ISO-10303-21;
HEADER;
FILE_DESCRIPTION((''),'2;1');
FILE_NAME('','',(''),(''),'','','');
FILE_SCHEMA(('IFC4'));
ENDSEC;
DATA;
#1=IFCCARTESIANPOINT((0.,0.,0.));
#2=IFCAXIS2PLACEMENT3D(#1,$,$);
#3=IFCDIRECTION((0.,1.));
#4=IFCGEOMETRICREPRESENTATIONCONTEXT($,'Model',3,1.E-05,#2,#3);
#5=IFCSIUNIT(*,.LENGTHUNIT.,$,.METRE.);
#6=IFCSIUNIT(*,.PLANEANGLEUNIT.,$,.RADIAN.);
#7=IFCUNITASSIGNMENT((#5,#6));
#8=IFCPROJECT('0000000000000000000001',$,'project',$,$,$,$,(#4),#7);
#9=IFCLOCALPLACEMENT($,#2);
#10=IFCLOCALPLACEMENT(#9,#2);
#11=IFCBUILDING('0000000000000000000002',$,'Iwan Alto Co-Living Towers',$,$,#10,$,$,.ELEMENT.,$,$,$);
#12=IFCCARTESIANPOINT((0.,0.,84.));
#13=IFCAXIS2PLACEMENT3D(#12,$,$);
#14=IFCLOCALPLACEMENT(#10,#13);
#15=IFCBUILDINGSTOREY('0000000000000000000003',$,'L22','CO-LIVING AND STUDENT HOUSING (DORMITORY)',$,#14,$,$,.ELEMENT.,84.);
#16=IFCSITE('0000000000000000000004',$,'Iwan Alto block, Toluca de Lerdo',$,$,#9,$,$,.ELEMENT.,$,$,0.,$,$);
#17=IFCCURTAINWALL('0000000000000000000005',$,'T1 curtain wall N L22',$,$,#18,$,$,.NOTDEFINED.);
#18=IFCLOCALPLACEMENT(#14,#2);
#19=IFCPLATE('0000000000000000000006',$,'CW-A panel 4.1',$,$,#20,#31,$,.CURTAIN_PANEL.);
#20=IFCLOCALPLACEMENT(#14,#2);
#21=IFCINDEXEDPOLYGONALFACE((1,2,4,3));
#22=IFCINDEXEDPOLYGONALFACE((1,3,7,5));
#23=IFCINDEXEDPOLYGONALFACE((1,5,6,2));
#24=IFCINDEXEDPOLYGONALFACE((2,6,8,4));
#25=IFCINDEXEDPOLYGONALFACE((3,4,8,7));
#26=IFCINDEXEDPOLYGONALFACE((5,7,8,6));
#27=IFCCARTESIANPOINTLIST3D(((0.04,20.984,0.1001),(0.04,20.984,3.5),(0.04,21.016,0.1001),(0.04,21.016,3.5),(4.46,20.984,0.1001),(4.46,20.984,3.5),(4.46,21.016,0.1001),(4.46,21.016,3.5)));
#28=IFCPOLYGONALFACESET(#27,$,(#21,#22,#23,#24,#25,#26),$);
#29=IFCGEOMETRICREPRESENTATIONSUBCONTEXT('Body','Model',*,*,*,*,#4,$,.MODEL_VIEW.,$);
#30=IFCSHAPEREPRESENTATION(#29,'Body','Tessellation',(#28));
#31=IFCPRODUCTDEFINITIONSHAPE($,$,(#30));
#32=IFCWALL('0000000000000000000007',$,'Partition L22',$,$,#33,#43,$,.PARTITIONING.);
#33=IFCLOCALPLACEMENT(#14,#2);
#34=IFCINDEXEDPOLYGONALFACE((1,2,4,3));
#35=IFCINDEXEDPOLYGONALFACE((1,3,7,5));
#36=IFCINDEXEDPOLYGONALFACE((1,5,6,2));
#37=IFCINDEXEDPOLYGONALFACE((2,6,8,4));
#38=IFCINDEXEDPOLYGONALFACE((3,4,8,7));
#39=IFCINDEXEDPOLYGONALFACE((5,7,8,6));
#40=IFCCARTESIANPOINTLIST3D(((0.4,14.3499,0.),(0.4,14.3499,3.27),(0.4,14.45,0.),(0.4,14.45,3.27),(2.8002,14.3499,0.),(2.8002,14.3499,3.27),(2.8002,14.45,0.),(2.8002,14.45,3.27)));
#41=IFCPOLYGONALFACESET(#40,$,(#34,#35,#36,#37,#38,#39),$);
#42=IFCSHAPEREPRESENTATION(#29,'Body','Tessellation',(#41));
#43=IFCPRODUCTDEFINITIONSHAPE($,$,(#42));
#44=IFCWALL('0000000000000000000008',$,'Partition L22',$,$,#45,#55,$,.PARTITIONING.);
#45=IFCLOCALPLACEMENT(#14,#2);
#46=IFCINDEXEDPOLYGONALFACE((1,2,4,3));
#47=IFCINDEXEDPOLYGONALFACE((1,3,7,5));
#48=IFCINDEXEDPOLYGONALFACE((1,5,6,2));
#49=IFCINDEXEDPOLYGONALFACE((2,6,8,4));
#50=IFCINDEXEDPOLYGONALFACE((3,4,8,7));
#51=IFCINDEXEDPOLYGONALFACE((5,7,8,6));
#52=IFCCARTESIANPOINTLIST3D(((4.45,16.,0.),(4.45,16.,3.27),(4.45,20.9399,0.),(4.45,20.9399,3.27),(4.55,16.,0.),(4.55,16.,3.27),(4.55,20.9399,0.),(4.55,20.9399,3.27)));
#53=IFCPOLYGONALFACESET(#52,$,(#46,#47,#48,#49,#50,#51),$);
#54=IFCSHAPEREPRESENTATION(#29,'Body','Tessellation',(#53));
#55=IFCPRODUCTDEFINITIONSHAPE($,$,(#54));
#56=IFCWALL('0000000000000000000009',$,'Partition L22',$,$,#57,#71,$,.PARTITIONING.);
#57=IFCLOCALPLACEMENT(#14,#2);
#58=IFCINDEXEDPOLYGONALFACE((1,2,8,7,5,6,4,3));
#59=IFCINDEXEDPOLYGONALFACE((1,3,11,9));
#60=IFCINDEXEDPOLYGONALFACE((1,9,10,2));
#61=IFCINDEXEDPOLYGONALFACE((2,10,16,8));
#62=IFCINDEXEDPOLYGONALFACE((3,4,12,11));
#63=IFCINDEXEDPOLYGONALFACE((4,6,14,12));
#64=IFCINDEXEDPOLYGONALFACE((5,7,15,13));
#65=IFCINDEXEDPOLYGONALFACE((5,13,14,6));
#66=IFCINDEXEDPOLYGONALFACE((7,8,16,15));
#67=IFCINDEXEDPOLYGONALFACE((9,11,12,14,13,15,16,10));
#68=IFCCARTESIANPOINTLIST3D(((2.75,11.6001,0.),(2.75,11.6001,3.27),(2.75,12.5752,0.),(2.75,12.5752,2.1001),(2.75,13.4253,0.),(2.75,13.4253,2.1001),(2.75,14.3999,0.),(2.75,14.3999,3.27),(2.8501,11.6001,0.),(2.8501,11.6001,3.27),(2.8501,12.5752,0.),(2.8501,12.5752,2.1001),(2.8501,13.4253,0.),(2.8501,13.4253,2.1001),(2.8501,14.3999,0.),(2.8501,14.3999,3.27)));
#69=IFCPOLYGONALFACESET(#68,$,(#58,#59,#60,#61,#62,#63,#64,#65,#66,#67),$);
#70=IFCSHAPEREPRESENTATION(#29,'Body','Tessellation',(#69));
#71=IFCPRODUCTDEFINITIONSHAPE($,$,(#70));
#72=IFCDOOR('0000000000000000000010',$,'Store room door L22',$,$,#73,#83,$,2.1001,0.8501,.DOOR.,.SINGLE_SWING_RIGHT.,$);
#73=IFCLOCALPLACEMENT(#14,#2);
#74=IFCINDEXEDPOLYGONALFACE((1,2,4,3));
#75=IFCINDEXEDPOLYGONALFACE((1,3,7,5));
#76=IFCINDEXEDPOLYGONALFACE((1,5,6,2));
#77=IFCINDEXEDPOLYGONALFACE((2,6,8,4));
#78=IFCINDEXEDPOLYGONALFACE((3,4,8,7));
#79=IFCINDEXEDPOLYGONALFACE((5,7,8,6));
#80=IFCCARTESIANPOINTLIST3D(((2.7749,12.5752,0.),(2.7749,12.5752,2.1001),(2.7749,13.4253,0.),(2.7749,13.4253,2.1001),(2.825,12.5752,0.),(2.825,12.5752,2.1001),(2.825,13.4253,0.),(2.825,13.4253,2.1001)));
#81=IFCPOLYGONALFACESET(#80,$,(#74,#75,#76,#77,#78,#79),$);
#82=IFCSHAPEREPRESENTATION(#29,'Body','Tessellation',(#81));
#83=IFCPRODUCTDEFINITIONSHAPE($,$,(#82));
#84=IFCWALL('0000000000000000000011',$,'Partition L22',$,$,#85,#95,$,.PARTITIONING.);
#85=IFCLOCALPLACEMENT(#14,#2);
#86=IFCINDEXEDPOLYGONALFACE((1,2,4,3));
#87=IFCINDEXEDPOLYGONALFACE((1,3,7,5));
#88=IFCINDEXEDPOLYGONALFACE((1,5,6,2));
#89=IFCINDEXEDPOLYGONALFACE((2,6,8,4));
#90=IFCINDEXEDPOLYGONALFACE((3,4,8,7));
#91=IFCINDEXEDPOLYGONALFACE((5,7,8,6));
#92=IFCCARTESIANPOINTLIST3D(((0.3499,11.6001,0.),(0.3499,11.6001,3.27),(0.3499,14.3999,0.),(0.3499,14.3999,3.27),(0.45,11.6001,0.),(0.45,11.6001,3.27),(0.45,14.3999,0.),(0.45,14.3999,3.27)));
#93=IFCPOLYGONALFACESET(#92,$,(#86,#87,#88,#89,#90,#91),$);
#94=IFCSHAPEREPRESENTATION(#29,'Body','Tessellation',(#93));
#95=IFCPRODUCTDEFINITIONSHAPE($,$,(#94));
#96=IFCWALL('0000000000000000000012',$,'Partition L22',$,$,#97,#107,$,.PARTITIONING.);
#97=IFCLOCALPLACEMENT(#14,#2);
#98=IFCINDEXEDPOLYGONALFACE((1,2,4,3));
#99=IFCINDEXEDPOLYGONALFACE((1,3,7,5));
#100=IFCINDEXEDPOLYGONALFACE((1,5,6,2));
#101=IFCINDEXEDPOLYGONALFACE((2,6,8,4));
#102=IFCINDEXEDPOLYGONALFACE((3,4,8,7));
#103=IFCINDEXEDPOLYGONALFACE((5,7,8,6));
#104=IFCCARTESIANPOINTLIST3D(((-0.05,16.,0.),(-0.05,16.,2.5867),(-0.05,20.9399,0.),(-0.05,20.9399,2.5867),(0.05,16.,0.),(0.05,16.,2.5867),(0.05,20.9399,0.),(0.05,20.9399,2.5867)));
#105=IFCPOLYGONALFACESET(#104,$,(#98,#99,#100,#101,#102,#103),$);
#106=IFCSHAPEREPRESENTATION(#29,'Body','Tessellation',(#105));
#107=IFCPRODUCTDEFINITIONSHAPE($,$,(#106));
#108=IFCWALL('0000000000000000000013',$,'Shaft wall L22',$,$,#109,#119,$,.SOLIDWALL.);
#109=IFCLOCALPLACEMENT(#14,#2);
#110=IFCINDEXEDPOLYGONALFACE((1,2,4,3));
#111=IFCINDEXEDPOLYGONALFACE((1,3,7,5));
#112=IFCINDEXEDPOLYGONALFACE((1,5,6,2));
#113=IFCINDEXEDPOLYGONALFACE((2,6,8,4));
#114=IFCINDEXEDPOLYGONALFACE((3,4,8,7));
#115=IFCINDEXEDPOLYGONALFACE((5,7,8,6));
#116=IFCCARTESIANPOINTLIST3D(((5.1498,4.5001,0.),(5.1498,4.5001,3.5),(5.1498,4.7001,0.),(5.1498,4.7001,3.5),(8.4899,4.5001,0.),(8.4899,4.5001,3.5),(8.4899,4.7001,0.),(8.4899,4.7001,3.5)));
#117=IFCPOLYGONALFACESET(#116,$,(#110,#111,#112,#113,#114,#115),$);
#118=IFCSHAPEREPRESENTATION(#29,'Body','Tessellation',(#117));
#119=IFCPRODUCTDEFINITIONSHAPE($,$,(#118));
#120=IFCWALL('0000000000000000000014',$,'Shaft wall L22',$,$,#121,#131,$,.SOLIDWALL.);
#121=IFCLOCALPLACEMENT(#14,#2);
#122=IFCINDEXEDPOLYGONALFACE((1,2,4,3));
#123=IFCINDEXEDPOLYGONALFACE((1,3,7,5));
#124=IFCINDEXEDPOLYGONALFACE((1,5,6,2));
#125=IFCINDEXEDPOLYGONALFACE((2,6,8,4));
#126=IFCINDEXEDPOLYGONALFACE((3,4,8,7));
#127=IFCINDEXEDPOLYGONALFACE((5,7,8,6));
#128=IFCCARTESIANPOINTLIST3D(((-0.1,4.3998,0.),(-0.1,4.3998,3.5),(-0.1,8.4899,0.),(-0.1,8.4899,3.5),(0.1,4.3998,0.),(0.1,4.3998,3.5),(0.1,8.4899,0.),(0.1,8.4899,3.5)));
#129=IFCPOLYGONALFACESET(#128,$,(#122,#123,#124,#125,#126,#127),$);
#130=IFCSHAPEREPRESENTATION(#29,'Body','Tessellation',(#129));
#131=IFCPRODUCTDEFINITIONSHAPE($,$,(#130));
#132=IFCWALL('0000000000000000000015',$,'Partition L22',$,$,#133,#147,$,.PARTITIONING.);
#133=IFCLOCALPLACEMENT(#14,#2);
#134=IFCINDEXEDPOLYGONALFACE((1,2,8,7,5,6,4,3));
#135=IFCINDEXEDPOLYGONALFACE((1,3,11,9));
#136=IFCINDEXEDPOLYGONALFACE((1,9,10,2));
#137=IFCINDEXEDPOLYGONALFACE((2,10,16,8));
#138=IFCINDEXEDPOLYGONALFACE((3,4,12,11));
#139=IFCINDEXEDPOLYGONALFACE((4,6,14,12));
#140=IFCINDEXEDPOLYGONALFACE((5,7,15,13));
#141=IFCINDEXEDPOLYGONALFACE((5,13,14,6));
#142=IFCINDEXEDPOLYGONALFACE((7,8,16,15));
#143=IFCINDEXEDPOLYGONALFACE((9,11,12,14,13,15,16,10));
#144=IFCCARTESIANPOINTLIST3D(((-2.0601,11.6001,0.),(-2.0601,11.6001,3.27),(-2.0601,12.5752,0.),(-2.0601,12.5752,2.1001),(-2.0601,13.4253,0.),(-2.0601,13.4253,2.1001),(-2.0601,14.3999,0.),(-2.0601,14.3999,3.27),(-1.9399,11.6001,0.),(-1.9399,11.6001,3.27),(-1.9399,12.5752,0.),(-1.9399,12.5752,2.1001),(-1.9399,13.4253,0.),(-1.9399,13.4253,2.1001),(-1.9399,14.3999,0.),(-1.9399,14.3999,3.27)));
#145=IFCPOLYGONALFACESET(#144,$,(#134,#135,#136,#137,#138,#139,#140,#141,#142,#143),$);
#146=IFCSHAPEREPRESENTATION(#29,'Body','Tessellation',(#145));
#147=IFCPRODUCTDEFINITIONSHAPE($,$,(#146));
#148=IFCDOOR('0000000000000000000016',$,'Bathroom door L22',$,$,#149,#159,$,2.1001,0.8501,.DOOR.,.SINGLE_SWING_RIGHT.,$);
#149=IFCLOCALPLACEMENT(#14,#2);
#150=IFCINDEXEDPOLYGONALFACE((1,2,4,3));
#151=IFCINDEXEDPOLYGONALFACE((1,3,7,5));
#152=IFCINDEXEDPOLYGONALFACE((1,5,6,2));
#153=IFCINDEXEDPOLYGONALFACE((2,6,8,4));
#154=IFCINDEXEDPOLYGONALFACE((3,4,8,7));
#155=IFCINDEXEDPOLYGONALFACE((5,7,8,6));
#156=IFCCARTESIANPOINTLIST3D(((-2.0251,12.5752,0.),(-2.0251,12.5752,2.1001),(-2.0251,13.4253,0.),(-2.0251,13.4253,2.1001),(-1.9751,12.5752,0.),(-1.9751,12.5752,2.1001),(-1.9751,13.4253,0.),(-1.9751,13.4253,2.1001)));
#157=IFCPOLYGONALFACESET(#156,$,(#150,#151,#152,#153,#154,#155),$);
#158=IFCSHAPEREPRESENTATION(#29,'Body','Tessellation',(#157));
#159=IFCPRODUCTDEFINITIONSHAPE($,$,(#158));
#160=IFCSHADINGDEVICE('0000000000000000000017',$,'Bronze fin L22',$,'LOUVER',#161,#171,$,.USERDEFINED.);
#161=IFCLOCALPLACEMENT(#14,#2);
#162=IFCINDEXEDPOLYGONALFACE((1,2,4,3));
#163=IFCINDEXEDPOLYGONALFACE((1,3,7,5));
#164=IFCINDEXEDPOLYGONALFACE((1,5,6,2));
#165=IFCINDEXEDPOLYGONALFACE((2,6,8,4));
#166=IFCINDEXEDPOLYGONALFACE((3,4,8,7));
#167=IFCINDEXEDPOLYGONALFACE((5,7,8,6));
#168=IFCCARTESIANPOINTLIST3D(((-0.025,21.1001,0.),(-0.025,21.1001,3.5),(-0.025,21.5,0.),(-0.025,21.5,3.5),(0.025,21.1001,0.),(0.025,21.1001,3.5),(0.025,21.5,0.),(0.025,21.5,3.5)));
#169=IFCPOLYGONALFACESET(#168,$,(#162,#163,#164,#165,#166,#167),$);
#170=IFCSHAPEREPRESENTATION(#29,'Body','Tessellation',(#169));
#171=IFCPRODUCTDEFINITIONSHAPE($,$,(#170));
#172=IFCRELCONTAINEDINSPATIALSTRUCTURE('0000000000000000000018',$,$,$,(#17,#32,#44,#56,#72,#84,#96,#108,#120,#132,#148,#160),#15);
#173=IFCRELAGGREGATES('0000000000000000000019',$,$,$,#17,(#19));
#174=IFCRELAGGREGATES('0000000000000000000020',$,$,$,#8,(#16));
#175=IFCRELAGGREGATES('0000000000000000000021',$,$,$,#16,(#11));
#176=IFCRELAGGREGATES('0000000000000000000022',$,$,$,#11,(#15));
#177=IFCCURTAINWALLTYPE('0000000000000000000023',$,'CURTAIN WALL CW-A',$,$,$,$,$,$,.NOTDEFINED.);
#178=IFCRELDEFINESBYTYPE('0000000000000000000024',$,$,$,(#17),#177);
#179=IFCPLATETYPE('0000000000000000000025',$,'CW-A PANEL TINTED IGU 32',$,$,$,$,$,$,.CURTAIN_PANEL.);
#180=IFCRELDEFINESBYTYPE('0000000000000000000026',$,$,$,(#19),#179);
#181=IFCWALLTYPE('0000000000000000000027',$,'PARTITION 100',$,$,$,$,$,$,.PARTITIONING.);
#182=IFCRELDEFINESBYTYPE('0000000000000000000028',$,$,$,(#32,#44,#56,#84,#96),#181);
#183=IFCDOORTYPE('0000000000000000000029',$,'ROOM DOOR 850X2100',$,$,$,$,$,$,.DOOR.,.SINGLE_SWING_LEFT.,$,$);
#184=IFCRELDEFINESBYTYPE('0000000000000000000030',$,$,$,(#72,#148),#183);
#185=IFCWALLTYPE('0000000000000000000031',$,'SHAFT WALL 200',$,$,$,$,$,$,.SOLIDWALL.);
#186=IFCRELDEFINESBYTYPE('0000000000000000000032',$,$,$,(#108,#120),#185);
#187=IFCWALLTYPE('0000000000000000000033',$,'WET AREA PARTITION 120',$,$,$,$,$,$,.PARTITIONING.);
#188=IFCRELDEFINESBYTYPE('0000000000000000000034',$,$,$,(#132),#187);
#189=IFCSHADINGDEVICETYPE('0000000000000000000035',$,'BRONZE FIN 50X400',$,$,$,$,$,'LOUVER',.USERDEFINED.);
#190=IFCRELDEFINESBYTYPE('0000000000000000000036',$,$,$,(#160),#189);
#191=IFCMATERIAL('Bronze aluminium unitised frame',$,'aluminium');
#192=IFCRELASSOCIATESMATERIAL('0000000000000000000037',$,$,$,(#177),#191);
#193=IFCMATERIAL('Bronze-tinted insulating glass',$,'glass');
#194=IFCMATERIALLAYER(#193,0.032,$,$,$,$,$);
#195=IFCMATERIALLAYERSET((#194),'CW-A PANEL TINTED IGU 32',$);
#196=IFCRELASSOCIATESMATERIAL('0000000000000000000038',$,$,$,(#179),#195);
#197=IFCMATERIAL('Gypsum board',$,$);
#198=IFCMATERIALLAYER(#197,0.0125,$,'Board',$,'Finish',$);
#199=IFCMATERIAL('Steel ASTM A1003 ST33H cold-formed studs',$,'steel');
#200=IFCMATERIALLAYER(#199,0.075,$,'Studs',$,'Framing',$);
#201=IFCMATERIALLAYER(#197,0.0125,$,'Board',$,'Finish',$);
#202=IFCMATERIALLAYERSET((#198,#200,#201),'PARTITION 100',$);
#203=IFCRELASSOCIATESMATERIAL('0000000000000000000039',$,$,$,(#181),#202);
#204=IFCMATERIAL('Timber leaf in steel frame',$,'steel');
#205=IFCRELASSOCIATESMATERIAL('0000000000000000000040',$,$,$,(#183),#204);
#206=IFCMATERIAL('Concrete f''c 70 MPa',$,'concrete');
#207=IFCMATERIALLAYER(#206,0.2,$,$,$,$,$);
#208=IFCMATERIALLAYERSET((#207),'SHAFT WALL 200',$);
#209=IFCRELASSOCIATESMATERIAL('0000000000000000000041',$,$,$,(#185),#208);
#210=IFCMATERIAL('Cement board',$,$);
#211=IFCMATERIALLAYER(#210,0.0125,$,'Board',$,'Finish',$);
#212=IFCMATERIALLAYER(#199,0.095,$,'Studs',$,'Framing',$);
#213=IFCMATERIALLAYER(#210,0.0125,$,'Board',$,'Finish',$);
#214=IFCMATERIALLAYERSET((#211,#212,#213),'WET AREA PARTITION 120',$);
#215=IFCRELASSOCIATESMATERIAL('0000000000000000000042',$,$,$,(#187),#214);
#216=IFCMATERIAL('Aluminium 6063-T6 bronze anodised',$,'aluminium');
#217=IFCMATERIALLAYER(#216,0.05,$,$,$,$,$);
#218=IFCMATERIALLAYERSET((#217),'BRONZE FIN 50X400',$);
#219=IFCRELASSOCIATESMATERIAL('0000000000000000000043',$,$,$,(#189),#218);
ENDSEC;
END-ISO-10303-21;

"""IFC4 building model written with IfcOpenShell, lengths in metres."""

from ifc_helpers import new_model, si_unit, direction, frame, frame_2d, origin, origin_2d, place, context, subcontext, project, spatial, rectangle, extrude, material, layer, layer_set, type_object, element, fill, aggregate, save


model = new_model("IFC4")

# Units and contexts
model_context = context("Model", 3, precision=1e-05, world=origin(), true_north=direction((0.0, 1.0)))
body_context = subcontext(model_context, "Body", "Model", "MODEL_VIEW")
ifc_project = project(units=[si_unit("LENGTHUNIT", "METRE"), si_unit("PLANEANGLEUNIT", "RADIAN")], contexts=[model_context])

# Site, building, storey
site_placement = place(None, origin())
site = spatial("IfcSite", under=ifc_project, at=site_placement, Name="Iwan Alto block, Toluca de Lerdo", CompositionType="ELEMENT", RefElevation=0.0)
building_placement = place(site_placement, origin())
building = spatial("IfcBuilding", under=site, at=building_placement, Name="Iwan Alto Co-Living Towers", CompositionType="ELEMENT")
storey_placement = place(building_placement, frame((0.0, 0.0, 84.0)))
storey = spatial("IfcBuildingStorey", under=building, at=storey_placement, Name="L22", Description="CO-LIVING AND STUDENT HOUSING (DORMITORY)", CompositionType="ELEMENT", Elevation=84.0)

# Curtain wall
ifc_material_1 = material(Name="Bronze aluminium unitised frame", Category="aluminium")
curtain_wall_type = type_object("IfcCurtainWallType", Name="CURTAIN WALL CW-A", PredefinedType="NOTDEFINED", material=ifc_material_1)
curtain_wall_placement = place(storey_placement, origin())
curtain_wall = element("IfcCurtainWall", 1, at=curtain_wall_placement, inside=storey, type_object=curtain_wall_type, Name="T1 curtain wall N L22", PredefinedType="NOTDEFINED")

# Plate
ifc_material_2 = material(Name="Bronze-tinted insulating glass", Category="glass")
ifc_layer_1 = layer(ifc_material_2, 0.032)
ifc_layer_set_1 = layer_set([ifc_layer_1], Name="CW-A PANEL TINTED IGU 32")
plate_type = type_object("IfcPlateType", Name="CW-A PANEL TINTED IGU 32", PredefinedType="CURTAIN_PANEL", material=ifc_layer_set_1)
plate_1_placement = place(storey_placement, frame((2.25, 21.0, 0.1001), z_axis=(0.0, 0.0, 1.0), x_axis=(-1.0, 0.0, 0.0)))
plate_1 = element("IfcPlate", 2, at=plate_1_placement, type_object=plate_type, Name="CW-A panel 4.1", PredefinedType="CURTAIN_PANEL", context=body_context, shape_type="SweptSolid", body=[
    extrude(rectangle(XDim=4.4199, YDim=0.032, at=origin_2d()), origin(), (0.0, 0.0, 1.0), 3.3999),
])
aggregate(curtain_wall, [plate_1])

# Walls
ifc_material_3 = material(Name="Gypsum board")
ifc_layer_2 = layer(ifc_material_3, 0.0125, Name="Board", Category="Finish")
ifc_material_4 = material(Name="Steel ASTM A1003 ST33H cold-formed studs", Category="steel")
ifc_layer_3 = layer(ifc_material_4, 0.075, Name="Studs", Category="Framing")
ifc_layer_4 = layer(ifc_material_3, 0.0125, Name="Board", Category="Finish")
ifc_layer_set_2 = layer_set([ifc_layer_2, ifc_layer_3, ifc_layer_4], Name="PARTITION 100")
wall_type_1 = type_object("IfcWallType", Name="PARTITION 100", PredefinedType="PARTITIONING", material=ifc_layer_set_2)
wall_1_placement = place(storey_placement, frame((0.3999, 14.3999, 0.0), z_axis=(0.0, 0.0, 1.0), x_axis=(1.0, 0.0, 0.0)))
element("IfcWall", 3, at=wall_1_placement, inside=storey, type_object=wall_type_1, Name="Partition L22", PredefinedType="PARTITIONING", context=body_context, shape_type="SweptSolid", body=[
    extrude(rectangle(XDim=2.4001, YDim=0.1001, at=frame_2d((1.2002, 0.0))), origin(), (0.0, 0.0, 1.0), 3.27),
])
wall_2_placement = place(storey_placement, frame((4.5, 16.0, 0.0), z_axis=(0.0, 0.0, 1.0), x_axis=(0.0, 1.0, 0.0)))
element("IfcWall", 4, at=wall_2_placement, inside=storey, type_object=wall_type_1, Name="Partition L22", PredefinedType="PARTITIONING", context=body_context, shape_type="SweptSolid", body=[
    extrude(rectangle(XDim=4.9399, YDim=0.1001, at=frame_2d((2.47, 0.0))), origin(), (0.0, 0.0, 1.0), 3.27),
])

# Wall, opening, door
wall_3_placement = place(storey_placement, frame((2.8, 11.6001, 0.0), z_axis=(0.0, 0.0, 1.0), x_axis=(0.0, 1.0, 0.0)))
wall_3 = element("IfcWall", 5, at=wall_3_placement, inside=storey, type_object=wall_type_1, Name="Partition L22", PredefinedType="PARTITIONING", context=body_context, shape_type="SweptSolid", body=[
    extrude(rectangle(XDim=2.7998, YDim=0.1001, at=frame_2d((1.3999, 0.0))), origin(), (0.0, 0.0, 1.0), 3.27),
])
opening_1_placement = place(wall_3_placement, frame((0.9751, 0.0, 0.0)))
opening_1 = element("IfcOpeningElement", 6, at=opening_1_placement, cuts=wall_3, PredefinedType="OPENING", context=body_context, shape_type="SweptSolid", body=[
    extrude(rectangle(XDim=0.8501, YDim=2.1001, at=frame_2d((0.425, 1.05))), frame((0.0, 0.0601, 0.0), z_axis=(0.0, -1.0, 0.0), x_axis=(1.0, 0.0, 0.0)), (0.0, 0.0, 1.0), 0.1201),
])
ifc_material_5 = material(Name="Timber leaf in steel frame", Category="steel")
door_type = type_object("IfcDoorType", Name="ROOM DOOR 850X2100", OperationType="SINGLE_SWING_LEFT", PredefinedType="DOOR", material=ifc_material_5)
door_1_placement = place(opening_1_placement, frame((0.8501, 0.0, 0.0), z_axis=(0.0, 0.0, 1.0), x_axis=(-1.0, 0.0, 0.0)))
door_1 = element("IfcDoor", 7, at=door_1_placement, inside=storey, type_object=door_type, Name="Store room door L22", OperationType="SINGLE_SWING_RIGHT", OverallHeight=2.1001, OverallWidth=0.8501, PredefinedType="DOOR", context=body_context, shape_type="SweptSolid", body=[
    extrude(rectangle(XDim=0.8501, YDim=2.1001, at=frame_2d((0.425, 1.05))), frame((0.0, 0.0249, 0.0), z_axis=(0.0, -1.0, 0.0), x_axis=(1.0, 0.0, 0.0)), (0.0, 0.0, 1.0), 0.05),
])
fill(opening_1, door_1)

# Walls
wall_4_placement = place(storey_placement, frame((0.3999, 11.6001, 0.0), z_axis=(0.0, 0.0, 1.0), x_axis=(0.0, 1.0, 0.0)))
element("IfcWall", 8, at=wall_4_placement, inside=storey, type_object=wall_type_1, Name="Partition L22", PredefinedType="PARTITIONING", context=body_context, shape_type="SweptSolid", body=[
    extrude(rectangle(XDim=2.7998, YDim=0.1001, at=frame_2d((1.3999, 0.0))), origin(), (0.0, 0.0, 1.0), 3.27),
])
wall_5_placement = place(storey_placement, frame((0.0, 16.0, 0.0), z_axis=(0.0, 0.0, 1.0), x_axis=(0.0, 1.0, 0.0)))
element("IfcWall", 9, at=wall_5_placement, inside=storey, type_object=wall_type_1, Name="Partition L22", PredefinedType="PARTITIONING", context=body_context, shape_type="SweptSolid", body=[
    extrude(rectangle(XDim=4.9399, YDim=0.1001, at=frame_2d((2.47, 0.0))), origin(), (0.0, 0.0, 1.0), 2.5867),
])
ifc_material_6 = material(Name="Concrete f'c 70 MPa", Category="concrete")
ifc_layer_5 = layer(ifc_material_6, 0.2)
ifc_layer_set_3 = layer_set([ifc_layer_5], Name="SHAFT WALL 200")
wall_type_2 = type_object("IfcWallType", Name="SHAFT WALL 200", PredefinedType="SOLIDWALL", material=ifc_layer_set_3)
wall_6_placement = place(storey_placement, frame((5.1499, 4.6001, 0.0), z_axis=(0.0, 0.0, 1.0), x_axis=(1.0, 0.0, 0.0)))
element("IfcWall", 10, at=wall_6_placement, inside=storey, type_object=wall_type_2, Name="Shaft wall L22", PredefinedType="SOLIDWALL", context=body_context, shape_type="SweptSolid", body=[
    extrude(rectangle(XDim=3.3401, YDim=0.2, at=frame_2d((1.6699, 0.0))), origin(), (0.0, 0.0, 1.0), 3.5),
])
wall_7_placement = place(storey_placement, frame((0.0, 4.3999, 0.0), z_axis=(0.0, 0.0, 1.0), x_axis=(0.0, 1.0, 0.0)))
element("IfcWall", 11, at=wall_7_placement, inside=storey, type_object=wall_type_2, Name="Shaft wall L22", PredefinedType="SOLIDWALL", context=body_context, shape_type="SweptSolid", body=[
    extrude(rectangle(XDim=4.0901, YDim=0.2, at=frame_2d((2.0449, 0.0))), origin(), (0.0, 0.0, 1.0), 3.5),
])

# Wall, opening, door
ifc_material_7 = material(Name="Cement board")
ifc_layer_6 = layer(ifc_material_7, 0.0125, Name="Board", Category="Finish")
ifc_layer_7 = layer(ifc_material_4, 0.095, Name="Studs", Category="Framing")
ifc_layer_8 = layer(ifc_material_7, 0.0125, Name="Board", Category="Finish")
ifc_layer_set_4 = layer_set([ifc_layer_6, ifc_layer_7, ifc_layer_8], Name="WET AREA PARTITION 120")
wall_type_3 = type_object("IfcWallType", Name="WET AREA PARTITION 120", PredefinedType="PARTITIONING", material=ifc_layer_set_4)
wall_8_placement = place(storey_placement, frame((-2.0, 11.6001, 0.0), z_axis=(0.0, 0.0, 1.0), x_axis=(0.0, 1.0, 0.0)))
wall_8 = element("IfcWall", 12, at=wall_8_placement, inside=storey, type_object=wall_type_3, Name="Partition L22", PredefinedType="PARTITIONING", context=body_context, shape_type="SweptSolid", body=[
    extrude(rectangle(XDim=2.7998, YDim=0.1201, at=frame_2d((1.3999, 0.0))), origin(), (0.0, 0.0, 1.0), 3.27),
])
opening_2_placement = place(wall_8_placement, frame((0.9751, 0.0, 0.0)))
opening_2 = element("IfcOpeningElement", 13, at=opening_2_placement, cuts=wall_8, PredefinedType="OPENING", context=body_context, shape_type="SweptSolid", body=[
    extrude(rectangle(XDim=0.8501, YDim=2.1001, at=frame_2d((0.425, 1.05))), frame((0.0, 0.0701, 0.0), z_axis=(0.0, -1.0, 0.0), x_axis=(1.0, 0.0, 0.0)), (0.0, 0.0, 1.0), 0.1401),
])
door_2_placement = place(opening_2_placement, frame((0.8501, 0.0, 0.0), z_axis=(0.0, 0.0, 1.0), x_axis=(-1.0, 0.0, 0.0)))
door_2 = element("IfcDoor", 14, at=door_2_placement, inside=storey, type_object=door_type, Name="Bathroom door L22", OperationType="SINGLE_SWING_RIGHT", OverallHeight=2.1001, OverallWidth=0.8501, PredefinedType="DOOR", context=body_context, shape_type="SweptSolid", body=[
    extrude(rectangle(XDim=0.8501, YDim=2.1001, at=frame_2d((0.425, 1.05))), frame((0.0, 0.0249, 0.0), z_axis=(0.0, -1.0, 0.0), x_axis=(1.0, 0.0, 0.0)), (0.0, 0.0, 1.0), 0.05),
])
fill(opening_2, door_2)

# Shading device
ifc_material_8 = material(Name="Aluminium 6063-T6 bronze anodised", Category="aluminium")
ifc_layer_9 = layer(ifc_material_8, 0.05)
ifc_layer_set_5 = layer_set([ifc_layer_9], Name="BRONZE FIN 50X400")
shading_device_type = type_object("IfcShadingDeviceType", Name="BRONZE FIN 50X400", ElementType="LOUVER", PredefinedType="USERDEFINED", material=ifc_layer_set_5)
shading_device_placement = place(storey_placement, frame((0.0, 21.3, 0.0), z_axis=(0.0, 0.0, 1.0), x_axis=(-1.0, 0.0, 0.0)))
element("IfcShadingDevice", 15, at=shading_device_placement, inside=storey, type_object=shading_device_type, Name="Bronze fin L22", ObjectType="LOUVER", PredefinedType="USERDEFINED", context=body_context, shape_type="SweptSolid", body=[
    extrude(rectangle(XDim=0.05, YDim=0.3999, at=origin_2d()), origin(), (0.0, 0.0, 1.0), 3.5),
])

save(model, "model.ifc")
